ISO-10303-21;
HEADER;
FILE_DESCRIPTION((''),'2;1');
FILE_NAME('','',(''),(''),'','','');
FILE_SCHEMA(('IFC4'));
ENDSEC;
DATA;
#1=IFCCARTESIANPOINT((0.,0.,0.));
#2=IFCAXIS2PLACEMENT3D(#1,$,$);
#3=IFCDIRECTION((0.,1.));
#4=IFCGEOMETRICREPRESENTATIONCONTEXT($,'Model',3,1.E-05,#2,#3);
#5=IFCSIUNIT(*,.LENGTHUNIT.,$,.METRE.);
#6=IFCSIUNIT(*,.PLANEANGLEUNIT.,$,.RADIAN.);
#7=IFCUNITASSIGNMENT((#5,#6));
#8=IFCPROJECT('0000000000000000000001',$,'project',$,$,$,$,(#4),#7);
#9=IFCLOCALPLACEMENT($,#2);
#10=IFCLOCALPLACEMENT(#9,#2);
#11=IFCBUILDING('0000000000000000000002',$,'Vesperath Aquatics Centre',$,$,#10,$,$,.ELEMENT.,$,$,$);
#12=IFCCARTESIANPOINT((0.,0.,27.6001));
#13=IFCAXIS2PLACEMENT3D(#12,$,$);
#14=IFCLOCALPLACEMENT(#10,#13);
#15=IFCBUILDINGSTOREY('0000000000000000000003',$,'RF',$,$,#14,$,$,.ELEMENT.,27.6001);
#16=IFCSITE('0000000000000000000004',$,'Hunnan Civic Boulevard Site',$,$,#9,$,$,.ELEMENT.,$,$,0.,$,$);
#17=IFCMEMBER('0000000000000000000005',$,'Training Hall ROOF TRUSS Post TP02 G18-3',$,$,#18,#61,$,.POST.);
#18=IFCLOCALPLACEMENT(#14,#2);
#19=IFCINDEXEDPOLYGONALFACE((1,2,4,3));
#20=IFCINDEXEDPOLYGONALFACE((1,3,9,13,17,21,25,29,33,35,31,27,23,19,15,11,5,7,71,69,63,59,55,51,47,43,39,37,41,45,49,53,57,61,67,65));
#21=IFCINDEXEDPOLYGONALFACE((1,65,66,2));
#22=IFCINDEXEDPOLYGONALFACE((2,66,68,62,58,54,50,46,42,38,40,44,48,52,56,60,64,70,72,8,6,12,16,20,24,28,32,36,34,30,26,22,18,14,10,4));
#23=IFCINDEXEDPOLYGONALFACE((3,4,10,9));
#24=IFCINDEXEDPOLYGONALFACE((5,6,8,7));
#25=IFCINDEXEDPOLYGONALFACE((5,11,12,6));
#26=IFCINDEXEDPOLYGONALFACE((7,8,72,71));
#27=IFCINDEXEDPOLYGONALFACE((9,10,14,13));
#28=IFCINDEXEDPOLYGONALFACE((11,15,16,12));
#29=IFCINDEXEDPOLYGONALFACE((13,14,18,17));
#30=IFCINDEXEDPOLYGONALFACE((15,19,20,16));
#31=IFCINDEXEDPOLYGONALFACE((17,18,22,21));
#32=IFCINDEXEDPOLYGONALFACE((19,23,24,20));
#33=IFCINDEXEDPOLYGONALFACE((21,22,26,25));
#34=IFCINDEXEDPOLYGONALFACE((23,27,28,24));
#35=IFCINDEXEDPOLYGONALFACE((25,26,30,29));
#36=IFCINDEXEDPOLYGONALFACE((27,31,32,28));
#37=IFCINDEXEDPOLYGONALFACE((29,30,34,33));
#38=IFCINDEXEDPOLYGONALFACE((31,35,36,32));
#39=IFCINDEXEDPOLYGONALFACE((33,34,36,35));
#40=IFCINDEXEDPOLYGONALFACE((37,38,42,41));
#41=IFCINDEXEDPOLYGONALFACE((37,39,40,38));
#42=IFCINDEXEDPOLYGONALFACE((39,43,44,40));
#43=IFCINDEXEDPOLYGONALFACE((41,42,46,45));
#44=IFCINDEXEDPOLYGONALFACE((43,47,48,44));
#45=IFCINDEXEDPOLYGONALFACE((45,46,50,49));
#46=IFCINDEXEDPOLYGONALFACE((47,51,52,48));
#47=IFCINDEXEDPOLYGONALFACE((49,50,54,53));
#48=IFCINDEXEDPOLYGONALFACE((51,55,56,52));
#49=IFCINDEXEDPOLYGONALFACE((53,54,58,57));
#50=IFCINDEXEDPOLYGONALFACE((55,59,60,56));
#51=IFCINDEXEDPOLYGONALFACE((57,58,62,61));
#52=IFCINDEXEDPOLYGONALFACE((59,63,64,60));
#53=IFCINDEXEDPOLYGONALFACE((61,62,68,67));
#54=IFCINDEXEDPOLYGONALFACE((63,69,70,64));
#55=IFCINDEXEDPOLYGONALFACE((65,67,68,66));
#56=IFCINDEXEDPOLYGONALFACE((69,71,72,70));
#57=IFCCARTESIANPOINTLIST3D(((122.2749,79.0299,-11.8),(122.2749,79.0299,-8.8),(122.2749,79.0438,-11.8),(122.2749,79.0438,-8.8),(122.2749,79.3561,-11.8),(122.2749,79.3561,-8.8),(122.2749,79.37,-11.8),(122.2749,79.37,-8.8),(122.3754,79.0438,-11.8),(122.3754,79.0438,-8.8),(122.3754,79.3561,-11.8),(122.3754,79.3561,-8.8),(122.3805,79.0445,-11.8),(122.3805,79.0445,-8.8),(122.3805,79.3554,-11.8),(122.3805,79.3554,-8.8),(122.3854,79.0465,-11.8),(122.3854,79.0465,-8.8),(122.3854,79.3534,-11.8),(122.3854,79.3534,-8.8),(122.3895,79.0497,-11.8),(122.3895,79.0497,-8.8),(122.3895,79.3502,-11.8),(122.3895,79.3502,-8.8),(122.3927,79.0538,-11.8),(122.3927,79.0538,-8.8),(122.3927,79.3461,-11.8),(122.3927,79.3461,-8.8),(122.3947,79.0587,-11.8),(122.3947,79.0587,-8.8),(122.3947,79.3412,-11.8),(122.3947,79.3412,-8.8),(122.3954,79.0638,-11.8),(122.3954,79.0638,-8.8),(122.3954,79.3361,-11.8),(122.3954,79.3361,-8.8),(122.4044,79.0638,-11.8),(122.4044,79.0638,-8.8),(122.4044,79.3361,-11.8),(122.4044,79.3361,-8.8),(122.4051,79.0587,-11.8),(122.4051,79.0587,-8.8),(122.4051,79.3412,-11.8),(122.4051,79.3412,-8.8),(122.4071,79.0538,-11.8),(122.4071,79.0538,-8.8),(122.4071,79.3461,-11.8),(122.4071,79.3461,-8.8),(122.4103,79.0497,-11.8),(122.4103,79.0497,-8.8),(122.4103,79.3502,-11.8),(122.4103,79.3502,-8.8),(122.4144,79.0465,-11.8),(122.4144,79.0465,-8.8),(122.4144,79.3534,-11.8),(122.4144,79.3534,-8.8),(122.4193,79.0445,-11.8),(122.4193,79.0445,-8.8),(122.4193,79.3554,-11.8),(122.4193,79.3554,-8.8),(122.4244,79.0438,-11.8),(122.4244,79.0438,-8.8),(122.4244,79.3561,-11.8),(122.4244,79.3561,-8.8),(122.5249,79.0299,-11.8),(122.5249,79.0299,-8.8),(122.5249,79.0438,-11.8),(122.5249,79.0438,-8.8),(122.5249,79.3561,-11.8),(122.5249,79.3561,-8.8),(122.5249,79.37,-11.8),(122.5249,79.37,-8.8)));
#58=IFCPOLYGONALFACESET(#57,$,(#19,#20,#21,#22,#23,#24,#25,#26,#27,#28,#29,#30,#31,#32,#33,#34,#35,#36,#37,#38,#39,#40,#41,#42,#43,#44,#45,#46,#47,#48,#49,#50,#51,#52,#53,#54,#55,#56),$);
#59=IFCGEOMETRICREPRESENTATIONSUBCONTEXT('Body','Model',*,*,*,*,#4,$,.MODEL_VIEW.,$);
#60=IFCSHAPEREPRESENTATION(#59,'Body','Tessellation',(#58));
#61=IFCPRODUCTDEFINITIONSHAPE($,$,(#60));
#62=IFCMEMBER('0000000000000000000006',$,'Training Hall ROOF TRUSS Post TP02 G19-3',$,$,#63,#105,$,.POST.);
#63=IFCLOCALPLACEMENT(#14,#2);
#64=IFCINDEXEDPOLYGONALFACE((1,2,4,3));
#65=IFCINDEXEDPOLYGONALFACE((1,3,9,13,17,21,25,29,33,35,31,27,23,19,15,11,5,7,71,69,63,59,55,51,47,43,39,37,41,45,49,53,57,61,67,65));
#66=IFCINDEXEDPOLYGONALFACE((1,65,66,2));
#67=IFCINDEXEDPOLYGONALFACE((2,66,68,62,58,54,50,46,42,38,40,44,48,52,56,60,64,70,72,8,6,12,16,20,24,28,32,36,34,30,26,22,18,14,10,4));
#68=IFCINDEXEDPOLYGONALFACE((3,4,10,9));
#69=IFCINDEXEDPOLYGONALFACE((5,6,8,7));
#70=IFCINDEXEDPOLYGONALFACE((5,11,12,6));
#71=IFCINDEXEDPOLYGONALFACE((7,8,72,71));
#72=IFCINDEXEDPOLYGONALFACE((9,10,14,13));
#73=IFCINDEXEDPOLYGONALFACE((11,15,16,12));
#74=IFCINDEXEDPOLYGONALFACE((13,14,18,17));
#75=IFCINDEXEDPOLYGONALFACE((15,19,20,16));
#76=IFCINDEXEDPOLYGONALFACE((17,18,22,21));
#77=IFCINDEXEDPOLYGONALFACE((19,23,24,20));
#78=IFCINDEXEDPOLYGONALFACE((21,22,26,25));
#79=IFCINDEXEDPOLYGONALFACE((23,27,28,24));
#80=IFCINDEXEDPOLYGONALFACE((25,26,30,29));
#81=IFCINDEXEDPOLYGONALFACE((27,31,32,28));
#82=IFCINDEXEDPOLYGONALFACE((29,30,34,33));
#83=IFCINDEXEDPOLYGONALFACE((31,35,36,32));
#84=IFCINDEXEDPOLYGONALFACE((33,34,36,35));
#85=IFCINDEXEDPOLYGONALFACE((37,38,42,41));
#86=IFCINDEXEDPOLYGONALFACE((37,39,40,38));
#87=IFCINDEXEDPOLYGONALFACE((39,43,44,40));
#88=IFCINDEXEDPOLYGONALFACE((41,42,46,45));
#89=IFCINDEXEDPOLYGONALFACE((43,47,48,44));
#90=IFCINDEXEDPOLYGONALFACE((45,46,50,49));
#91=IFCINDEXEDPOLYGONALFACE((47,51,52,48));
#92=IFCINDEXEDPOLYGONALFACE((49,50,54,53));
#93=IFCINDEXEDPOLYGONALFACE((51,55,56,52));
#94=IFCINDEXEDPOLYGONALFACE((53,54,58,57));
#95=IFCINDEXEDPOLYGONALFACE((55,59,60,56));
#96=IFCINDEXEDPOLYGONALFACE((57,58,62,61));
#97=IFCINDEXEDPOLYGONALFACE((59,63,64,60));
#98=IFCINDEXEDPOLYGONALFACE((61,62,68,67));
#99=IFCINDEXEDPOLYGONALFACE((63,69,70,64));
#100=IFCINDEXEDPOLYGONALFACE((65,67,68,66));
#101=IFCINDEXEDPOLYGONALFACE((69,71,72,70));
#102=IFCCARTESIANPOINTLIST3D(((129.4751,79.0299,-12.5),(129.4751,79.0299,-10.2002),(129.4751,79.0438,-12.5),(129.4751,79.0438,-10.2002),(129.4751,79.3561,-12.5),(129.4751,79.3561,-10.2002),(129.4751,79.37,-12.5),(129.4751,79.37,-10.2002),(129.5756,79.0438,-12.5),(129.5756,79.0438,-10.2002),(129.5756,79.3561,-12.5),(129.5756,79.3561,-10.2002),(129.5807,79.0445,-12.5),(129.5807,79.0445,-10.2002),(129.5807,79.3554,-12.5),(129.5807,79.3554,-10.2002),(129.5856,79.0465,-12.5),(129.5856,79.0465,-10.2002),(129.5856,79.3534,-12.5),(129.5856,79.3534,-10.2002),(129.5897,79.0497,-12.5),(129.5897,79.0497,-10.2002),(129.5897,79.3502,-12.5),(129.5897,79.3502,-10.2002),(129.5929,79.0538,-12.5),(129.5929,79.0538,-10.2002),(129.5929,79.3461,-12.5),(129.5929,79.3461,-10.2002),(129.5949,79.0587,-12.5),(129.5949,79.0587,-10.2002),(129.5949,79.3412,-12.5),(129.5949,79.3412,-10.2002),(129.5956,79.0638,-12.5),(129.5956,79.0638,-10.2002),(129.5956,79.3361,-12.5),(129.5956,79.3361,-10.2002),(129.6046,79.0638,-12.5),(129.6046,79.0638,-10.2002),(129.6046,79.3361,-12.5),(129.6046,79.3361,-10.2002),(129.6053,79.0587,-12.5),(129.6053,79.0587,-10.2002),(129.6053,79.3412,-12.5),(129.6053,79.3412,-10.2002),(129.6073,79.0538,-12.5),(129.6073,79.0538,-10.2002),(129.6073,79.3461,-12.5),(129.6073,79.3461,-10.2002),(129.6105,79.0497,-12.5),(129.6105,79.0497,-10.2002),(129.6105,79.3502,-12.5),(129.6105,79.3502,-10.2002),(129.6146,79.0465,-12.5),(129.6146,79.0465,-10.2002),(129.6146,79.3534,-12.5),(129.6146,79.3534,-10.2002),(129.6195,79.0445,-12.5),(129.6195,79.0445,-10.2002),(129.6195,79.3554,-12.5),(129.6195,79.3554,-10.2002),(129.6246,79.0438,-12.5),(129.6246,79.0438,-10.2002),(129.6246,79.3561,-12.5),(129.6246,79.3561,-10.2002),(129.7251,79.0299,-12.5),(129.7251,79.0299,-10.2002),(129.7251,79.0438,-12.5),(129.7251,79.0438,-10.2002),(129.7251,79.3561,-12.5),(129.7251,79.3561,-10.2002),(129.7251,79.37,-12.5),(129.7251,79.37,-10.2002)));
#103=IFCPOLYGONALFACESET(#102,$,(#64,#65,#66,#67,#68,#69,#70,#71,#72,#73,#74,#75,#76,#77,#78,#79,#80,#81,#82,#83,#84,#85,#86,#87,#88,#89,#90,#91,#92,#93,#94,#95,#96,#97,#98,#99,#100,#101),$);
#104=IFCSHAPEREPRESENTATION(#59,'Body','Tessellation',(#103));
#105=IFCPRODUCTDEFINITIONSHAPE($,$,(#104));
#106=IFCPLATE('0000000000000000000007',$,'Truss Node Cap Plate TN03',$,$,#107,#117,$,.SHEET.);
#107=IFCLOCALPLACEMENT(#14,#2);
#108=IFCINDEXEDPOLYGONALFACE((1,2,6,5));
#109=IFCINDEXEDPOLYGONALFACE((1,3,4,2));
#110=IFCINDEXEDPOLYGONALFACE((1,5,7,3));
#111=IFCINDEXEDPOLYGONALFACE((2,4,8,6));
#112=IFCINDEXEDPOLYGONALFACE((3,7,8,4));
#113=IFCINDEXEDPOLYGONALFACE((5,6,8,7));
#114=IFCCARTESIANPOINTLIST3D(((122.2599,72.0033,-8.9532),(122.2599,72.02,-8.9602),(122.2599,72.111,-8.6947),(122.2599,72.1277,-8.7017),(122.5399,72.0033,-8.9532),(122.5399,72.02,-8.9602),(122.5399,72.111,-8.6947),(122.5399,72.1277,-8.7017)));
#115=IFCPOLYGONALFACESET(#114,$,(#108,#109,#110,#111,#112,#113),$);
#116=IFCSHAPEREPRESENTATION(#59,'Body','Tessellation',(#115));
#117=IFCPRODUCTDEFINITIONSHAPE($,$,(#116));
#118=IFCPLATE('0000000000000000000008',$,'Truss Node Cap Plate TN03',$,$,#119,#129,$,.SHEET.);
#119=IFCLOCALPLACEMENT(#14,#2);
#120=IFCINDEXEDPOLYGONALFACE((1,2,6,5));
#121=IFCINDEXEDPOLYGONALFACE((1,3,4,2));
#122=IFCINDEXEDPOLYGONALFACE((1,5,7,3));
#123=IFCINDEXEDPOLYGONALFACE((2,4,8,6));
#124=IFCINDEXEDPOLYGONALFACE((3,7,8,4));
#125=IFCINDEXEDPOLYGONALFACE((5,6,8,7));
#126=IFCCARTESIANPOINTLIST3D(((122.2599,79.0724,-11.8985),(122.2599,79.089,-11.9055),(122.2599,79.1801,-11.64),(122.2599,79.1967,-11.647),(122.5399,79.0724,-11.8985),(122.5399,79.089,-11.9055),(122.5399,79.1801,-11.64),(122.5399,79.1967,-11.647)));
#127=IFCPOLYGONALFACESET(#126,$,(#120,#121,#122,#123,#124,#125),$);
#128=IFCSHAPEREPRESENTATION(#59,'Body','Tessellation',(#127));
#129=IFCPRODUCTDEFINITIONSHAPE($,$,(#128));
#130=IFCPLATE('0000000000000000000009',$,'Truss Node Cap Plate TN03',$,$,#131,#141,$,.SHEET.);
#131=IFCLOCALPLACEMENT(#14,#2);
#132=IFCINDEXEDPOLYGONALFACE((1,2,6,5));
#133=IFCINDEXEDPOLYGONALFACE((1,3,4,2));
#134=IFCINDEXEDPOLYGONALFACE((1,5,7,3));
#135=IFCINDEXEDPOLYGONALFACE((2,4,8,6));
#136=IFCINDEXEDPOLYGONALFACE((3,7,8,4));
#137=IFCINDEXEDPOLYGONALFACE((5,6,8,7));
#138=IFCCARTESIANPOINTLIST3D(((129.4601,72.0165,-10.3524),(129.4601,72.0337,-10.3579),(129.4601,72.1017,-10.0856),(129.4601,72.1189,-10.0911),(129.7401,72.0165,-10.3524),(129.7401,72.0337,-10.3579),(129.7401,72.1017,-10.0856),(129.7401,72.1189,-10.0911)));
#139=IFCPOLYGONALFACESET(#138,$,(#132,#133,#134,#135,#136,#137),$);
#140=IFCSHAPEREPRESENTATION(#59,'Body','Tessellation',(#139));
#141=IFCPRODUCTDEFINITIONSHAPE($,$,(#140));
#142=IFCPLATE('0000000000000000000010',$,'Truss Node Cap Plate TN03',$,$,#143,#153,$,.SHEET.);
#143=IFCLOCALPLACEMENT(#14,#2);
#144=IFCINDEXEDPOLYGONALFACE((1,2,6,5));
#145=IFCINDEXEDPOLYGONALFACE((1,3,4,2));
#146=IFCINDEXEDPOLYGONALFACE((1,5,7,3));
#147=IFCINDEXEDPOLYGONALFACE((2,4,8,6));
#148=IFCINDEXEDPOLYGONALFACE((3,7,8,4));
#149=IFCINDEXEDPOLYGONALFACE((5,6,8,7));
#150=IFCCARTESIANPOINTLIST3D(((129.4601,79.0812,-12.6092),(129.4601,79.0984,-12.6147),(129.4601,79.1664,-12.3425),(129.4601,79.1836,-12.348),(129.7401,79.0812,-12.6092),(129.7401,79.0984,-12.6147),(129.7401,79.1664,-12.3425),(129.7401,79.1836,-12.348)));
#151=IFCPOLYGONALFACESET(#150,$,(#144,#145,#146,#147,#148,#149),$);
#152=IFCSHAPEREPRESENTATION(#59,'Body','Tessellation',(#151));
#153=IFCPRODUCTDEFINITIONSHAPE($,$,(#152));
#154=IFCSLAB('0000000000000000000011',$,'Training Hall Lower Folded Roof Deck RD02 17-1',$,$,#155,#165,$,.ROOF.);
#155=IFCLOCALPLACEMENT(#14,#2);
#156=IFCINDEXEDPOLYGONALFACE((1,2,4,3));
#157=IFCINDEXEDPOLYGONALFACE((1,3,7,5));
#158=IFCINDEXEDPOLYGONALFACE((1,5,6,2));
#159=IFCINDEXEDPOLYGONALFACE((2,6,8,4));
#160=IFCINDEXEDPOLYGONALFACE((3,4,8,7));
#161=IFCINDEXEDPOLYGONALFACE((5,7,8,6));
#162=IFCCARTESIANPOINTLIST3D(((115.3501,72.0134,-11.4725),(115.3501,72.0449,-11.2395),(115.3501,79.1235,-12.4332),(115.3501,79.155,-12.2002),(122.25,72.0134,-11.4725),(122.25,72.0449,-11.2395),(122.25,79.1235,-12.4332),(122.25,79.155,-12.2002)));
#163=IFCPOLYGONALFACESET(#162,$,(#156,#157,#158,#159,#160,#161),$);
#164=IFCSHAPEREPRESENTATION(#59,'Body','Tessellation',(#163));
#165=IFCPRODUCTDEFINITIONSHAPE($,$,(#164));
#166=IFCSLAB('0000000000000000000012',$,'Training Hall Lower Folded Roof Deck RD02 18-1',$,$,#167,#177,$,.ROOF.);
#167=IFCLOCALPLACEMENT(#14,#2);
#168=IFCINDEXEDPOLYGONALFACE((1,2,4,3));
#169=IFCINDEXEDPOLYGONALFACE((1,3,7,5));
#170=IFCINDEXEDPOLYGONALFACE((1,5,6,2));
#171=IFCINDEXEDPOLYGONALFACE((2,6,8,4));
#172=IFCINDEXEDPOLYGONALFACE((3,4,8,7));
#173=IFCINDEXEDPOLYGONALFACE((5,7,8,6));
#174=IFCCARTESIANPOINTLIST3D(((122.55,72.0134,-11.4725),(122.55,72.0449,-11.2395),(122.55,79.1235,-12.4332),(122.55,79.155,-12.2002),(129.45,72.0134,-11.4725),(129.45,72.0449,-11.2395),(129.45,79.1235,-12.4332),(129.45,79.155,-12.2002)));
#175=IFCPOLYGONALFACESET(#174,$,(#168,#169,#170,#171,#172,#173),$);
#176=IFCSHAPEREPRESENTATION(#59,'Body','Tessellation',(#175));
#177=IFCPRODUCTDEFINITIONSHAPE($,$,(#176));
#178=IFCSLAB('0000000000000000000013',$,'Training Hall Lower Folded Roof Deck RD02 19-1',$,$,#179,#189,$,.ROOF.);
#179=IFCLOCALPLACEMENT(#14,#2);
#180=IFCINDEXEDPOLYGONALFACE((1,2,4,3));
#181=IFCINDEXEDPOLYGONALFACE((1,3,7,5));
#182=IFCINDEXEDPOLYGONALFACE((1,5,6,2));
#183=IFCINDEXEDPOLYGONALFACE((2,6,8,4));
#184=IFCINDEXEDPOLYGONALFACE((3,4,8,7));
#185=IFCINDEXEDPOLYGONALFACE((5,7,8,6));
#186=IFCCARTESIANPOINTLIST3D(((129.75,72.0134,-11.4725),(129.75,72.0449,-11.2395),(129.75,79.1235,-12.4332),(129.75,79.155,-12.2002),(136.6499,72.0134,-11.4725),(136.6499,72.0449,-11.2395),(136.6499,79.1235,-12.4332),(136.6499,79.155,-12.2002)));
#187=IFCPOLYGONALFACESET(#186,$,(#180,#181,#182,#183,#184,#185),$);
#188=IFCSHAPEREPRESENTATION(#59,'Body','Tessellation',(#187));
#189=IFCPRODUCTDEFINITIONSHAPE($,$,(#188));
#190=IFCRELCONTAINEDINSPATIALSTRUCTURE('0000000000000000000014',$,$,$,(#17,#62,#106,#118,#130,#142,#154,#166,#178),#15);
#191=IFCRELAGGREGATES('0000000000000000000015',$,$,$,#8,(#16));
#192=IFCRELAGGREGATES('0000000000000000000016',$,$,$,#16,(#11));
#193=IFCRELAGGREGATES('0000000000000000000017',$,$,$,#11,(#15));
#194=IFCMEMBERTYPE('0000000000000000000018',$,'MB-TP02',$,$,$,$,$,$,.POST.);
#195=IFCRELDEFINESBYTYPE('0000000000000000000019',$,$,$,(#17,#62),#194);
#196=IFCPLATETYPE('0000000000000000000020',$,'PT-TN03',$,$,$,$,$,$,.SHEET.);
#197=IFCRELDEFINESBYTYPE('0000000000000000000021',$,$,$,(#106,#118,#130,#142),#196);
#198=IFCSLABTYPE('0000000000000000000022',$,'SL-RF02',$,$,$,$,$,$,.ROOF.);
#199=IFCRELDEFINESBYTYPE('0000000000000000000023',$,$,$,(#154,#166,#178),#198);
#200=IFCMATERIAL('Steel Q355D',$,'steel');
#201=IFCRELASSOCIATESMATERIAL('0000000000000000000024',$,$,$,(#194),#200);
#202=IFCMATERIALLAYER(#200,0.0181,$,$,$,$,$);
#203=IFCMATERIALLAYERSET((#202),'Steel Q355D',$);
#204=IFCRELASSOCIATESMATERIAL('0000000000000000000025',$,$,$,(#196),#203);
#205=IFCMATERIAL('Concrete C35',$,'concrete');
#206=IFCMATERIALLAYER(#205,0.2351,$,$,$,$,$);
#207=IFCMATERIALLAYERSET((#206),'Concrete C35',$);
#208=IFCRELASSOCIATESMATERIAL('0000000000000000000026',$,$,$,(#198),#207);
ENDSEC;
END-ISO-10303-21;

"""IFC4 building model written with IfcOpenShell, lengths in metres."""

from ifc_helpers import new_model, si_unit, direction, frame, origin, origin_2d, place, context, subcontext, project, spatial, polyline, rectangle, i_section, outline, extrude, material, layer, layer_set, material_profile, profile_set, type_object, element, save


model = new_model("IFC4")

# Units and contexts
model_context = context("Model", 3, precision=1e-05, world=origin(), true_north=direction((0.0, 1.0)))
body_context = subcontext(model_context, "Body", "Model", "MODEL_VIEW")
ifc_project = project(units=[si_unit("LENGTHUNIT", "METRE"), si_unit("PLANEANGLEUNIT", "RADIAN")], contexts=[model_context])

# Site, building, storey
site_placement = place(None, origin())
site = spatial("IfcSite", under=ifc_project, at=site_placement, Name="Hunnan Civic Boulevard Site", CompositionType="ELEMENT", RefElevation=0.0)
building_placement = place(site_placement, origin())
building = spatial("IfcBuilding", under=site, at=building_placement, Name="Vesperath Aquatics Centre", CompositionType="ELEMENT")
storey_placement = place(building_placement, frame((0.0, 0.0, 27.6001)))
storey = spatial("IfcBuildingStorey", under=building, at=storey_placement, Name="RF", CompositionType="ELEMENT", Elevation=27.6001)

# Members
ifc_material_1 = material(Name="Steel Q355D", Category="steel")
ifc_material_profile_1 = material_profile(ifc_material_1, i_section(OverallWidth=0.25, OverallDepth=0.3401, WebThickness=0.009, FlangeThickness=0.0139, FilletRadius=0.02, at=origin_2d()), Name="HM 340x250x9x14")
ifc_profile_set_1 = profile_set([ifc_material_profile_1], Name="Steel Q355D")
member_type_1 = type_object("IfcMemberType", Name="MB-TP02", PredefinedType="POST", material=ifc_profile_set_1)
member_1_placement = place(storey_placement, frame((122.3999, 79.2, -11.8), z_axis=(0.0, 0.0, 1.0), x_axis=(1.0, 0.0, 0.0)))
element("IfcMember", 1, at=member_1_placement, inside=storey, type_object=member_type_1, Name="Training Hall ROOF TRUSS Post TP02 G18-3", PredefinedType="POST", context=body_context, shape_type="SweptSolid", body=[
    extrude(i_section(OverallWidth=0.25, OverallDepth=0.3401, WebThickness=0.009, FlangeThickness=0.0139, FilletRadius=0.02, at=origin_2d()), origin(), (0.0, 0.0, 1.0), 3.0),
])
member_2_placement = place(storey_placement, frame((129.6001, 79.2, -12.5), z_axis=(0.0, 0.0, 1.0), x_axis=(1.0, 0.0, 0.0)))
element("IfcMember", 2, at=member_2_placement, inside=storey, type_object=member_type_1, Name="Training Hall ROOF TRUSS Post TP02 G19-3", PredefinedType="POST", context=body_context, shape_type="SweptSolid", body=[
    extrude(i_section(OverallWidth=0.25, OverallDepth=0.3401, WebThickness=0.009, FlangeThickness=0.0139, FilletRadius=0.02, at=origin_2d()), origin(), (0.0, 0.0, 1.0), 2.2998),
])

# Plates
ifc_layer_1 = layer(ifc_material_1, 0.0181)
ifc_layer_set_1 = layer_set([ifc_layer_1], Name="Steel Q355D")
plate_type = type_object("IfcPlateType", Name="PT-TN03", PredefinedType="SHEET", material=ifc_layer_set_1)
for number, where, z_axis, x_axis, name in (
    (3, (122.3999, 72.0571, -8.824), (0.0, 0.923077, -0.384615), (-1.0, 0.0, 0.0), "Truss Node Cap Plate TN03"),
    (4, (122.3999, 79.1262, -11.7693), (0.0, 0.923077, -0.384615), (-1.0, 0.0, 0.0), "Truss Node Cap Plate TN03"),
    (5, (129.6001, 72.0591, -10.219), (0.0, 0.952578, -0.304296), (-1.0, 0.0, 0.0), "Truss Node Cap Plate TN03"),
    (6, (129.6001, 79.1238, -12.4758), (0.0, 0.952578, -0.304296), (-1.0, 0.0, 0.0), "Truss Node Cap Plate TN03"),
):
    element("IfcPlate", number, at=place(storey_placement, frame(where, z_axis=z_axis, x_axis=x_axis)), inside=storey, type_object=plate_type, Name=name, PredefinedType="SHEET", context=body_context, shape_type="SweptSolid", body=[
        extrude(rectangle(XDim=0.28, YDim=0.28, at=origin_2d()), origin(), (0.0, 0.0, 1.0), 0.0181),
    ])

# Slabs
ifc_material_2 = material(Name="Concrete C35", Category="concrete")
ifc_layer_2 = layer(ifc_material_2, 0.2351)
ifc_layer_set_2 = layer_set([ifc_layer_2], Name="Concrete C35")
slab_type = type_object("IfcSlabType", Name="SL-RF02", PredefinedType="ROOF", material=ifc_layer_set_2)
for number, where, z_axis, x_axis, name in (
    (7, (115.3501, 72.0449, -11.2395), (0.0, 0.1339, 0.990995), (1.0, 0.0, 0.0), "Training Hall Lower Folded Roof Deck RD02 17-1"),
    (8, (122.55, 72.0449, -11.2395), (0.0, 0.1339, 0.990995), (1.0, 0.0, 0.0), "Training Hall Lower Folded Roof Deck RD02 18-1"),
    (9, (129.75, 72.0449, -11.2395), (0.0, 0.1339, 0.990995), (1.0, 0.0, 0.0), "Training Hall Lower Folded Roof Deck RD02 19-1"),
):
    element("IfcSlab", number, at=place(storey_placement, frame(where, z_axis=z_axis, x_axis=x_axis)), inside=storey, type_object=slab_type, Name=name, PredefinedType="ROOF", context=body_context, shape_type="SweptSolid", body=[
        extrude(outline(polyline([(0.0, 0.0), (6.8999, 0.0), (6.8999, 7.1747), (0.0, 7.1747), (0.0, 0.0)])), origin(), (0.0, 0.0, -1.0), 0.2351),
    ])

save(model, "model.ifc")
